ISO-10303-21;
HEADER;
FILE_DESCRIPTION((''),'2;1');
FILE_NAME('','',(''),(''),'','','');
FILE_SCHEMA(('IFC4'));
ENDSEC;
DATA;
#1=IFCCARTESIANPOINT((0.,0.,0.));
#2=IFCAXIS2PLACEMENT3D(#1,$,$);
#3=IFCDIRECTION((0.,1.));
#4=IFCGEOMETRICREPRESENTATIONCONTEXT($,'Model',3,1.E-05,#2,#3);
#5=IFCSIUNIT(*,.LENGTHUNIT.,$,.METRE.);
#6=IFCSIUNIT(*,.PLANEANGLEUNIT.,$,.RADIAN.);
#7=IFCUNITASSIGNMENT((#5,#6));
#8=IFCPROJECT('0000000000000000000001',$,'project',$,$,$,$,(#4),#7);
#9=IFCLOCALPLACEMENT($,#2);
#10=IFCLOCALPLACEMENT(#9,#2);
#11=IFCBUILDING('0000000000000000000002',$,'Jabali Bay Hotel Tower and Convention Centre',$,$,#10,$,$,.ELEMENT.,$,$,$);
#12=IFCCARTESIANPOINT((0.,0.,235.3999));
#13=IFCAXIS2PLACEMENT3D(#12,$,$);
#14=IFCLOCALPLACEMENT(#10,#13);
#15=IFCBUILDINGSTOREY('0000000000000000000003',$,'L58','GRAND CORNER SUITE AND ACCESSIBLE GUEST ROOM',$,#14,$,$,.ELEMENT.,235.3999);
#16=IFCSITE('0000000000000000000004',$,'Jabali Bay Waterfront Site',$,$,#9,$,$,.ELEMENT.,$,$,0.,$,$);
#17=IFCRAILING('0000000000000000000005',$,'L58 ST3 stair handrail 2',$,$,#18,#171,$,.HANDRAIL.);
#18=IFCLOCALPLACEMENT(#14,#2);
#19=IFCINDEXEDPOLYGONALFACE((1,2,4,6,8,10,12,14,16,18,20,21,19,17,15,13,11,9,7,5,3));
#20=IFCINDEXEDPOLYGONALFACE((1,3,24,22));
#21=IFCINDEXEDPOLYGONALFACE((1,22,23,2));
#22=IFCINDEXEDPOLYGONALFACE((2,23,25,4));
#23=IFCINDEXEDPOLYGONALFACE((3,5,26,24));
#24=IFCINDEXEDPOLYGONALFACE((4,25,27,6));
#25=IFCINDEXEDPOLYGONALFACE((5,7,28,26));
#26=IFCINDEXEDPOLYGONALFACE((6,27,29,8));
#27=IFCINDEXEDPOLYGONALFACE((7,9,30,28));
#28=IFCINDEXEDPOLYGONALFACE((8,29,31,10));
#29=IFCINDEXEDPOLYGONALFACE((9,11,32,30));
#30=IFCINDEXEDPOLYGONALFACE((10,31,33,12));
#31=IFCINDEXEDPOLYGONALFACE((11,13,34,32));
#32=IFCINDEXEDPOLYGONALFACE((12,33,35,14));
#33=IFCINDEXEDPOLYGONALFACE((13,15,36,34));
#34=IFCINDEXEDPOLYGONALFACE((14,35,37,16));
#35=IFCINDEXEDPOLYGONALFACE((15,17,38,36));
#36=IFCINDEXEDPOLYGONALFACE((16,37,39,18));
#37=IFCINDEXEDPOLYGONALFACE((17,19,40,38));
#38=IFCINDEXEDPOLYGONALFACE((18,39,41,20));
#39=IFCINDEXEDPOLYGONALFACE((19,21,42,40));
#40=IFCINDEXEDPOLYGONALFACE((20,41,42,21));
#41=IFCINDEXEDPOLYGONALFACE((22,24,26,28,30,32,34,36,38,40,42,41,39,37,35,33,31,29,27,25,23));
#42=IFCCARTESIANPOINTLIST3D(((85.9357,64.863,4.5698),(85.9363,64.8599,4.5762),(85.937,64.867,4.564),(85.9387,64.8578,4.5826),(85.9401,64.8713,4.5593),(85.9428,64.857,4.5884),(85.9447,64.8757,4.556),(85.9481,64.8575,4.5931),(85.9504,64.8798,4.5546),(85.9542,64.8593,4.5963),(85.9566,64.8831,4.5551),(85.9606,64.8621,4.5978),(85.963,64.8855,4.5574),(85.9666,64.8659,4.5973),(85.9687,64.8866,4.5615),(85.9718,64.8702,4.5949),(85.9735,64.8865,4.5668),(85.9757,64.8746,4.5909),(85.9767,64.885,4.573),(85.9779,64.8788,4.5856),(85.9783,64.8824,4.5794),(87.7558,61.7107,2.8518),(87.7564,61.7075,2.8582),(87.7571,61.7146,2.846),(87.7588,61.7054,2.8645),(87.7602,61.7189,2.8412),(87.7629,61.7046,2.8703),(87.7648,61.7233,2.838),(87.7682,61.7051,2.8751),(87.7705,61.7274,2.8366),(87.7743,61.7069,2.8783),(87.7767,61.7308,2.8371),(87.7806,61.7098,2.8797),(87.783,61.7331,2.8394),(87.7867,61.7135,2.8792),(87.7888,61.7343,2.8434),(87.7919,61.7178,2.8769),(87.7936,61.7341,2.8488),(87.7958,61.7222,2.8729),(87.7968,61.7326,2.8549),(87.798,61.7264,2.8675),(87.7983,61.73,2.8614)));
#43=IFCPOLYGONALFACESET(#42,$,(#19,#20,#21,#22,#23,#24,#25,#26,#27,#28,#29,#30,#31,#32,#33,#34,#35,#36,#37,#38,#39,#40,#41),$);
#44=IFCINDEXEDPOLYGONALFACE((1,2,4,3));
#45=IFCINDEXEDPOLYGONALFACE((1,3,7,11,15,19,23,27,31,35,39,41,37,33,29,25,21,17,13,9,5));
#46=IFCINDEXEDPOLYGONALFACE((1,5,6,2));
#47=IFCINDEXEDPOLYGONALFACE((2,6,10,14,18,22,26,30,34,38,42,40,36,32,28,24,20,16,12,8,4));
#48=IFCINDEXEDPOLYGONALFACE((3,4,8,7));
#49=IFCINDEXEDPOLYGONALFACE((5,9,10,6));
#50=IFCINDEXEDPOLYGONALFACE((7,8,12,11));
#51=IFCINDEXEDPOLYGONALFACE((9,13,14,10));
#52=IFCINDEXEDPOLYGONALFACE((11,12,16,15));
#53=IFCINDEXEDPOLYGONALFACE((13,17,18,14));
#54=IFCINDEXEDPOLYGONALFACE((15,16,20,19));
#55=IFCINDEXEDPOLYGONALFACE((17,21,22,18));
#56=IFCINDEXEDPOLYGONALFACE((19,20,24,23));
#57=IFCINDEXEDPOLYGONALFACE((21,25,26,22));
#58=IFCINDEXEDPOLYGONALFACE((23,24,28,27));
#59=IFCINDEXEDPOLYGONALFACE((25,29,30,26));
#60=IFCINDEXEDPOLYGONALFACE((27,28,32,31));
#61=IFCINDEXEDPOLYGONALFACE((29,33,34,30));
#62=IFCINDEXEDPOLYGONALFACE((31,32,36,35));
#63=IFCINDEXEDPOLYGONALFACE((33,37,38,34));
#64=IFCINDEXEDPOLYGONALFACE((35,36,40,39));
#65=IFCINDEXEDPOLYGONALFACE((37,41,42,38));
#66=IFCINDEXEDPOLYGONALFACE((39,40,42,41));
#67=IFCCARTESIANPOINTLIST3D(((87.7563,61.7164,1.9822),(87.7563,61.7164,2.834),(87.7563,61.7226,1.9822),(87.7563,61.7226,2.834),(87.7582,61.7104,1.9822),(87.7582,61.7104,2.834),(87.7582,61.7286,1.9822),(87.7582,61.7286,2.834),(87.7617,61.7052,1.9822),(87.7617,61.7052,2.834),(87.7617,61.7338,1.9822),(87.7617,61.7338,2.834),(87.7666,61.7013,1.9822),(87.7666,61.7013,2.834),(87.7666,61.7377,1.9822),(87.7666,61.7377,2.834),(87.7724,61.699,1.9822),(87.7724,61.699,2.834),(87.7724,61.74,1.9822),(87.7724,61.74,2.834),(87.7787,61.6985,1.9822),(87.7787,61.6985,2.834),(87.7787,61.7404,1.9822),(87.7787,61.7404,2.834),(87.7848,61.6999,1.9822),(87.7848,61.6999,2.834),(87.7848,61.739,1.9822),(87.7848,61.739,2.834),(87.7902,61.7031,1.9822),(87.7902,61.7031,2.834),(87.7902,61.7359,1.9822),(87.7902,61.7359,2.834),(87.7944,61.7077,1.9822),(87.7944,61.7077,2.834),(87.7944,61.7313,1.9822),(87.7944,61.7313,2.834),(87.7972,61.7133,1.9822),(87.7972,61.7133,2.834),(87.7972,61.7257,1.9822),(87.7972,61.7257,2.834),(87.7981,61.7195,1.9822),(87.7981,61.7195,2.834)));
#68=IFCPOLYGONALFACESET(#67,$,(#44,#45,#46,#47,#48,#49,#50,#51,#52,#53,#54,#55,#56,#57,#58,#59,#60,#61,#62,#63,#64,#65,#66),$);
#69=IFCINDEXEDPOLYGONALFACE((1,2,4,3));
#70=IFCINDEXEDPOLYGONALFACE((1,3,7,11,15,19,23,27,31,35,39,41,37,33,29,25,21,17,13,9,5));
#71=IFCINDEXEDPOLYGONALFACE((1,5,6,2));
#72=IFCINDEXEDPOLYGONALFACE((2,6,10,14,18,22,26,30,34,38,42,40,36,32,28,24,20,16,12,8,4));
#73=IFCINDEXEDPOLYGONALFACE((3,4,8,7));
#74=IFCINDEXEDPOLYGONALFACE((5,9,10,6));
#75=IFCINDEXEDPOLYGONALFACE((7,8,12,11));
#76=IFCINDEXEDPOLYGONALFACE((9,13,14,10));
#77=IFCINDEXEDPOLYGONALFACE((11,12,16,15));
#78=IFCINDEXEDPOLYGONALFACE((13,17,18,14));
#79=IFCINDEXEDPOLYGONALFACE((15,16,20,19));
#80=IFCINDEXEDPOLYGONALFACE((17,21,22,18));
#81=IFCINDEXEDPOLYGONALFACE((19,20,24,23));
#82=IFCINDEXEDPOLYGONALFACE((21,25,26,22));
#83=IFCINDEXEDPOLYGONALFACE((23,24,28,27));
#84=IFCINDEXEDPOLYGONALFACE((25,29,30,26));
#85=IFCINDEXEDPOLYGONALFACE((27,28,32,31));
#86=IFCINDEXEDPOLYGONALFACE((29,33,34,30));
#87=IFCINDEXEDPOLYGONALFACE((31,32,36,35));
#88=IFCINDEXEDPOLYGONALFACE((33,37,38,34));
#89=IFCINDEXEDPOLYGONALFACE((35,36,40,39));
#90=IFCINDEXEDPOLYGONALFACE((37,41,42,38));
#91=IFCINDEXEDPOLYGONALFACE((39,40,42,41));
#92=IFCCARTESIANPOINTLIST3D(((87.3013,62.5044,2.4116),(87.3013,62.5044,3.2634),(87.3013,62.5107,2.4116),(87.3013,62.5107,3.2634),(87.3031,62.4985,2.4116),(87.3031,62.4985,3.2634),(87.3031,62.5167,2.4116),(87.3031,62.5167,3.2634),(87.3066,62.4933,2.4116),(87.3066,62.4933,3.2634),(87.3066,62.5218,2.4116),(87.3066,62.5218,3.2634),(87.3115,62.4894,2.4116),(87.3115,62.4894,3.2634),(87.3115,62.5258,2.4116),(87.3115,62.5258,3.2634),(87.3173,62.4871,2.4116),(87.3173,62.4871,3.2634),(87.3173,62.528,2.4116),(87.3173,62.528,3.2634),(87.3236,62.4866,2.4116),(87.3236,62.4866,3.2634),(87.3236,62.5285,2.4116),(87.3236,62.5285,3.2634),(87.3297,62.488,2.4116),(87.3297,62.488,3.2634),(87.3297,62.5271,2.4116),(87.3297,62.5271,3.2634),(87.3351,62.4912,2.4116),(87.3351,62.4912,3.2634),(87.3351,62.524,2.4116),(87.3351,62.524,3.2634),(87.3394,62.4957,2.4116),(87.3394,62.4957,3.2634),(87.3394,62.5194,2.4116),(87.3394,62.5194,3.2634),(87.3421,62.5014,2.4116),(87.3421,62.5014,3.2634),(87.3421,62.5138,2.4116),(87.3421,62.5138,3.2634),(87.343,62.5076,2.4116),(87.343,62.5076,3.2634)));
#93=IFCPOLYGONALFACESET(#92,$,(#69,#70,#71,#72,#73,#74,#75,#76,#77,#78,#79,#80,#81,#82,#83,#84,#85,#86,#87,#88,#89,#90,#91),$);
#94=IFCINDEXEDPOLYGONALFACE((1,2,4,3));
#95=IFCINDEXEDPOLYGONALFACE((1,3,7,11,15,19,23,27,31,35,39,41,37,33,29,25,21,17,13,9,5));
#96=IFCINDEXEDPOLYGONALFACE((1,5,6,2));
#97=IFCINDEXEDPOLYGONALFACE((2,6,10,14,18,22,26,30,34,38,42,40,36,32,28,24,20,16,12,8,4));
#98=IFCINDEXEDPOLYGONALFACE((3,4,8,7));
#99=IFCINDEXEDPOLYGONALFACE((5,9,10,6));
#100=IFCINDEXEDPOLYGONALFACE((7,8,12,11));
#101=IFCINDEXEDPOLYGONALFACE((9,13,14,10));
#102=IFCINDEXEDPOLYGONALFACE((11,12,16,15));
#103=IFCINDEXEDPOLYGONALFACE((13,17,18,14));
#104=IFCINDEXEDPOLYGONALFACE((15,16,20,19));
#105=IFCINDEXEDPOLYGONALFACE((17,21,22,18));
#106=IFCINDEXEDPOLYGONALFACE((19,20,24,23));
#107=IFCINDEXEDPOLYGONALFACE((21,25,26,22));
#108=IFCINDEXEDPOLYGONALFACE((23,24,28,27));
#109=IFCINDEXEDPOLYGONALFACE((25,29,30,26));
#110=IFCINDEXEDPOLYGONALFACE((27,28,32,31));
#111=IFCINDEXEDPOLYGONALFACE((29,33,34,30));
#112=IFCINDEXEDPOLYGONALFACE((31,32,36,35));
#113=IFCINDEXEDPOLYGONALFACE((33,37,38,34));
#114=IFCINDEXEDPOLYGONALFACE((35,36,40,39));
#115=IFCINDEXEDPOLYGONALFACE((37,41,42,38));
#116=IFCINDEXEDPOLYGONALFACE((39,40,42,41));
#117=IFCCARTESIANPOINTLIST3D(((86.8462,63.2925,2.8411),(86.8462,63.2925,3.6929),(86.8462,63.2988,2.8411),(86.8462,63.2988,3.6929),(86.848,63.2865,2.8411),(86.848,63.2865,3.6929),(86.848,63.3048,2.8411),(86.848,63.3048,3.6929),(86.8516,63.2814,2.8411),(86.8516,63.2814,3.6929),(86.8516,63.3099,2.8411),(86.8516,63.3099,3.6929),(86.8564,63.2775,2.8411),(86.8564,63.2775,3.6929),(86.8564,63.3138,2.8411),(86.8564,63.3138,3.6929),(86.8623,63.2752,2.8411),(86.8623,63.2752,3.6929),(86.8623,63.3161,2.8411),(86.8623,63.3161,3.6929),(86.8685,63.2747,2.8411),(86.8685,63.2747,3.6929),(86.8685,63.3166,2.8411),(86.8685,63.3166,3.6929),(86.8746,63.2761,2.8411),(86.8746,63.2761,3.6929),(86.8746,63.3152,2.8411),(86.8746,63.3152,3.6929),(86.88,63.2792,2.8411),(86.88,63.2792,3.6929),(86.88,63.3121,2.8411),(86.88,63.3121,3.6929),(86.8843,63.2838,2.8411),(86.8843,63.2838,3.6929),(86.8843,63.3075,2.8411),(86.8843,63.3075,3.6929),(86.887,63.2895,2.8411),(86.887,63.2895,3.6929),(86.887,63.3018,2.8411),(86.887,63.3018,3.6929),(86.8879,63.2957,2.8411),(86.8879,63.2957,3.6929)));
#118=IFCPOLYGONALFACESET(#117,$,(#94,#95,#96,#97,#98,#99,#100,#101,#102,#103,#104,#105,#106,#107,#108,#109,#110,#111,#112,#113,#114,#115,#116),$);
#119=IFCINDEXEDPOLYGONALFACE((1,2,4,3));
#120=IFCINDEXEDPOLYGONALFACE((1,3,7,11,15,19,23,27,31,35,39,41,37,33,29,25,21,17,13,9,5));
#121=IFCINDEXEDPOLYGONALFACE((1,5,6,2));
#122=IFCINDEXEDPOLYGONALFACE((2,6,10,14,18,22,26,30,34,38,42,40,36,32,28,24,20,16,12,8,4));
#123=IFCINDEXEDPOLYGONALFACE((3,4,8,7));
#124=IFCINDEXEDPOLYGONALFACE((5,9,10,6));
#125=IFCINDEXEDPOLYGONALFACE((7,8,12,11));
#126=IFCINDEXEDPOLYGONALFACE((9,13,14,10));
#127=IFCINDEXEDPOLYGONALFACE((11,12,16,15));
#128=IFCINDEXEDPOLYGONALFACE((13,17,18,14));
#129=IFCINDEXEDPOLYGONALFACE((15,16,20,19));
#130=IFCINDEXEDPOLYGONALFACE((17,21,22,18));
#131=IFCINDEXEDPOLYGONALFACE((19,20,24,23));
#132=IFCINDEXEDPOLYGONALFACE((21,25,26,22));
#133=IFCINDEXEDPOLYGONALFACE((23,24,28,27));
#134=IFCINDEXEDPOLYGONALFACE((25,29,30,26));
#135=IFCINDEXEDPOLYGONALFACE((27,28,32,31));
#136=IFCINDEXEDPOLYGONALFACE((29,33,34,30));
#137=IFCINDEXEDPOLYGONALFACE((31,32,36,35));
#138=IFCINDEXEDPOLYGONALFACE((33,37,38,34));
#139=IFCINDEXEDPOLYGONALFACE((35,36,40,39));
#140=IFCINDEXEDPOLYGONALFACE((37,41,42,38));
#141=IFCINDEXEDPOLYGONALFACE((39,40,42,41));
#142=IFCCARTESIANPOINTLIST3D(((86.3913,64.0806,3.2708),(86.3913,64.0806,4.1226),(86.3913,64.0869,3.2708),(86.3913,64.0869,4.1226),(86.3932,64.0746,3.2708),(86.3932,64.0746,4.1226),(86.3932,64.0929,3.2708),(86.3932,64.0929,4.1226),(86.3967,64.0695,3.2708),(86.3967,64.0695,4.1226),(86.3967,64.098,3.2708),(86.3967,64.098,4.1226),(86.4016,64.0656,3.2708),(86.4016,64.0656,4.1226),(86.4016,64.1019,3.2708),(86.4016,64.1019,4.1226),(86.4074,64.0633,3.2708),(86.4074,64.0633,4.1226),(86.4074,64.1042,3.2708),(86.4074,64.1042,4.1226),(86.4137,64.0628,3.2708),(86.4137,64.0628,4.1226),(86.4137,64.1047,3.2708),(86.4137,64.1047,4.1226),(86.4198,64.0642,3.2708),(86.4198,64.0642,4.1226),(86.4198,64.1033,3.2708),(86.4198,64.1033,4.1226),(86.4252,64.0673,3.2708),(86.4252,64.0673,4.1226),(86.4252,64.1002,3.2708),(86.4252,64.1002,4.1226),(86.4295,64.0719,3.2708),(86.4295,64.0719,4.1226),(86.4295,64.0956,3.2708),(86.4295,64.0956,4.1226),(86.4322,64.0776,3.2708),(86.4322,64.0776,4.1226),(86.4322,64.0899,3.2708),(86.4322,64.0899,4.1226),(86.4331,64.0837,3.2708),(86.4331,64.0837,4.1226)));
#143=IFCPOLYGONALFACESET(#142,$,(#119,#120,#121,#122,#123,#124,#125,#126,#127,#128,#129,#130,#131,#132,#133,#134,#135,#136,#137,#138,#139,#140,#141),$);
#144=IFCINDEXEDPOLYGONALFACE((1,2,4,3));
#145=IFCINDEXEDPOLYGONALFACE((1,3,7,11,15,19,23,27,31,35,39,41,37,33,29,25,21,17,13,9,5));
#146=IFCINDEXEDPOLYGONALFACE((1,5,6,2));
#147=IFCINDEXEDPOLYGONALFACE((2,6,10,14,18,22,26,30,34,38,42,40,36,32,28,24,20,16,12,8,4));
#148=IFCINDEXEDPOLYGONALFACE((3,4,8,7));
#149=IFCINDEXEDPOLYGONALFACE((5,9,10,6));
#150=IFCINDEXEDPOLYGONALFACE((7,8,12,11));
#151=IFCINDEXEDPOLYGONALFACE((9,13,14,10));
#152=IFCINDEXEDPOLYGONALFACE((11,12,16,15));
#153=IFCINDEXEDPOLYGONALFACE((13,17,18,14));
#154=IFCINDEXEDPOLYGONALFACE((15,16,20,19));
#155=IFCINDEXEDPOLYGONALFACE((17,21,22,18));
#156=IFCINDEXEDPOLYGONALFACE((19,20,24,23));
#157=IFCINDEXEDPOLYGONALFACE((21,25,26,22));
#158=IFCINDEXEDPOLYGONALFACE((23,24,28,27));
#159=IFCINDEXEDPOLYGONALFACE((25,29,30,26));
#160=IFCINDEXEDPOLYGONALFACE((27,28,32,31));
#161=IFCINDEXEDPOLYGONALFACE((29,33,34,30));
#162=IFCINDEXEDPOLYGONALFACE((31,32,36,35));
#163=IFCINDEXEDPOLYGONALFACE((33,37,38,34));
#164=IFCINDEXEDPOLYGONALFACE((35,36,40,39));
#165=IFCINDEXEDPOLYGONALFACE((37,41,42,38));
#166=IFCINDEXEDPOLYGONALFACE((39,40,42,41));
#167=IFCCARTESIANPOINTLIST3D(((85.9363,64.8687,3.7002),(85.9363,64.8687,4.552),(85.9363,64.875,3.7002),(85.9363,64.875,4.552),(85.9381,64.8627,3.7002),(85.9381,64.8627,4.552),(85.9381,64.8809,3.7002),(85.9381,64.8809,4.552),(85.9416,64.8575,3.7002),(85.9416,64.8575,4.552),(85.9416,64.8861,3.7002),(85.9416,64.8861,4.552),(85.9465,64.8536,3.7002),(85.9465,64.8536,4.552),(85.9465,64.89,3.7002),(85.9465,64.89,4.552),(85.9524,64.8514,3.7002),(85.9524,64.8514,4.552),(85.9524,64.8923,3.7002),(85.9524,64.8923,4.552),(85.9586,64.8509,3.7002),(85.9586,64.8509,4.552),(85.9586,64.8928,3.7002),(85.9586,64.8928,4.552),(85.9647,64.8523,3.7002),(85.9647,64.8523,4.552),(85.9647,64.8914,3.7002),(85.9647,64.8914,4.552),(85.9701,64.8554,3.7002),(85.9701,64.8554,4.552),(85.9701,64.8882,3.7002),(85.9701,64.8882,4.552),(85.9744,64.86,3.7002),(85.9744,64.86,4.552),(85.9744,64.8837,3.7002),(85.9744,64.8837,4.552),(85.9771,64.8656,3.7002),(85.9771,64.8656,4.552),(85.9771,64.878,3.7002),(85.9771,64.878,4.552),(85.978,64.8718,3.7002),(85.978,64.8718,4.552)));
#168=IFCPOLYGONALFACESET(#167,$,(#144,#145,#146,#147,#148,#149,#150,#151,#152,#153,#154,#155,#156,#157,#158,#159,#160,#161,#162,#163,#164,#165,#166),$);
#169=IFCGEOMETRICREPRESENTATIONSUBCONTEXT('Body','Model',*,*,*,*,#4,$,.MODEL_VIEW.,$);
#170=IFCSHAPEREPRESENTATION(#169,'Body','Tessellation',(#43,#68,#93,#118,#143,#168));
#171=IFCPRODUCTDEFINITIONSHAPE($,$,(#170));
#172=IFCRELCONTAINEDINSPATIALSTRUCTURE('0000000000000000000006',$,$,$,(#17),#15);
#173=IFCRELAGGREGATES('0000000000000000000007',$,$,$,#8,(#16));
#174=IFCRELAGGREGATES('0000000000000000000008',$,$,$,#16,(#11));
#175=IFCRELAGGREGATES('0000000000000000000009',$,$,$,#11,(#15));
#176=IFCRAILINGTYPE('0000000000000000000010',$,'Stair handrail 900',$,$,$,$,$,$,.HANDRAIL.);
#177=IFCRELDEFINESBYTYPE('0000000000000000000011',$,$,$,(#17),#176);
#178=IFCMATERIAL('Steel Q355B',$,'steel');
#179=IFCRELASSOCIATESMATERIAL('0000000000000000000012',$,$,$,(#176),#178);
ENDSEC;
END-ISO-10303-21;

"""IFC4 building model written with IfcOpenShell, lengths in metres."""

from ifc_helpers import new_model, si_unit, direction, frame, origin, origin_2d, place, context, subcontext, project, spatial, circle, extrude, material, type_object, element, save


model = new_model("IFC4")

# Units and contexts
model_context = context("Model", 3, precision=1e-05, world=origin(), true_north=direction((0.0, 1.0)))
body_context = subcontext(model_context, "Body", "Model", "MODEL_VIEW")
ifc_project = project(units=[si_unit("LENGTHUNIT", "METRE"), si_unit("PLANEANGLEUNIT", "RADIAN")], contexts=[model_context])

# Site, building, storey
site_placement = place(None, origin())
site = spatial("IfcSite", under=ifc_project, at=site_placement, Name="Jabali Bay Waterfront Site", CompositionType="ELEMENT", RefElevation=0.0)
building_placement = place(site_placement, origin())
building = spatial("IfcBuilding", under=site, at=building_placement, Name="Jabali Bay Hotel Tower and Convention Centre", CompositionType="ELEMENT")
storey_placement = place(building_placement, frame((0.0, 0.0, 235.3999)))
storey = spatial("IfcBuildingStorey", under=building, at=storey_placement, Name="L58", Description="GRAND CORNER SUITE AND ACCESSIBLE GUEST ROOM", CompositionType="ELEMENT", Elevation=235.3999)

# Railing
ifc_material_1 = material(Name="Steel Q355B", Category="steel")
railing_type_1 = type_object("IfcRailingType", Name="Stair handrail 900", PredefinedType="HANDRAIL", material=ifc_material_1)
railing_1_placement = place(storey_placement, frame((87.7771, 61.7195, 1.9822)))
element("IfcRailing", 1, at=railing_1_placement, inside=storey, type_object=railing_type_1, Name="L58 ST3 stair handrail 2", PredefinedType="HANDRAIL", context=body_context, shape_type="SweptSolid", body=[
    extrude(circle(Radius=0.0239, at=origin_2d()), frame((0.0, 0.0, 0.876), z_axis=(-0.452179, 0.78317, 0.426825), x_axis=(-0.866018, -0.500013, 0.0)), (0.0, 0.0, 1.0), 4.0251),
    extrude(circle(Radius=0.021, at=origin_2d()), origin(), (0.0, 0.0, 1.0), 0.8518),
    extrude(circle(Radius=0.021, at=origin_2d()), frame((-0.4551, 0.7881, 0.4294)), (0.0, 0.0, 1.0), 0.8518),
    extrude(circle(Radius=0.021, at=origin_2d()), frame((-0.9102, 1.5762, 0.8589)), (0.0, 0.0, 1.0), 0.8518),
    extrude(circle(Radius=0.021, at=origin_2d()), frame((-1.365, 2.3643, 1.2886)), (0.0, 0.0, 1.0), 0.8518),
    extrude(circle(Radius=0.021, at=origin_2d()), frame((-1.8201, 3.1523, 1.718)), (0.0, 0.0, 1.0), 0.8518),
])

save(model, "model.ifc")
